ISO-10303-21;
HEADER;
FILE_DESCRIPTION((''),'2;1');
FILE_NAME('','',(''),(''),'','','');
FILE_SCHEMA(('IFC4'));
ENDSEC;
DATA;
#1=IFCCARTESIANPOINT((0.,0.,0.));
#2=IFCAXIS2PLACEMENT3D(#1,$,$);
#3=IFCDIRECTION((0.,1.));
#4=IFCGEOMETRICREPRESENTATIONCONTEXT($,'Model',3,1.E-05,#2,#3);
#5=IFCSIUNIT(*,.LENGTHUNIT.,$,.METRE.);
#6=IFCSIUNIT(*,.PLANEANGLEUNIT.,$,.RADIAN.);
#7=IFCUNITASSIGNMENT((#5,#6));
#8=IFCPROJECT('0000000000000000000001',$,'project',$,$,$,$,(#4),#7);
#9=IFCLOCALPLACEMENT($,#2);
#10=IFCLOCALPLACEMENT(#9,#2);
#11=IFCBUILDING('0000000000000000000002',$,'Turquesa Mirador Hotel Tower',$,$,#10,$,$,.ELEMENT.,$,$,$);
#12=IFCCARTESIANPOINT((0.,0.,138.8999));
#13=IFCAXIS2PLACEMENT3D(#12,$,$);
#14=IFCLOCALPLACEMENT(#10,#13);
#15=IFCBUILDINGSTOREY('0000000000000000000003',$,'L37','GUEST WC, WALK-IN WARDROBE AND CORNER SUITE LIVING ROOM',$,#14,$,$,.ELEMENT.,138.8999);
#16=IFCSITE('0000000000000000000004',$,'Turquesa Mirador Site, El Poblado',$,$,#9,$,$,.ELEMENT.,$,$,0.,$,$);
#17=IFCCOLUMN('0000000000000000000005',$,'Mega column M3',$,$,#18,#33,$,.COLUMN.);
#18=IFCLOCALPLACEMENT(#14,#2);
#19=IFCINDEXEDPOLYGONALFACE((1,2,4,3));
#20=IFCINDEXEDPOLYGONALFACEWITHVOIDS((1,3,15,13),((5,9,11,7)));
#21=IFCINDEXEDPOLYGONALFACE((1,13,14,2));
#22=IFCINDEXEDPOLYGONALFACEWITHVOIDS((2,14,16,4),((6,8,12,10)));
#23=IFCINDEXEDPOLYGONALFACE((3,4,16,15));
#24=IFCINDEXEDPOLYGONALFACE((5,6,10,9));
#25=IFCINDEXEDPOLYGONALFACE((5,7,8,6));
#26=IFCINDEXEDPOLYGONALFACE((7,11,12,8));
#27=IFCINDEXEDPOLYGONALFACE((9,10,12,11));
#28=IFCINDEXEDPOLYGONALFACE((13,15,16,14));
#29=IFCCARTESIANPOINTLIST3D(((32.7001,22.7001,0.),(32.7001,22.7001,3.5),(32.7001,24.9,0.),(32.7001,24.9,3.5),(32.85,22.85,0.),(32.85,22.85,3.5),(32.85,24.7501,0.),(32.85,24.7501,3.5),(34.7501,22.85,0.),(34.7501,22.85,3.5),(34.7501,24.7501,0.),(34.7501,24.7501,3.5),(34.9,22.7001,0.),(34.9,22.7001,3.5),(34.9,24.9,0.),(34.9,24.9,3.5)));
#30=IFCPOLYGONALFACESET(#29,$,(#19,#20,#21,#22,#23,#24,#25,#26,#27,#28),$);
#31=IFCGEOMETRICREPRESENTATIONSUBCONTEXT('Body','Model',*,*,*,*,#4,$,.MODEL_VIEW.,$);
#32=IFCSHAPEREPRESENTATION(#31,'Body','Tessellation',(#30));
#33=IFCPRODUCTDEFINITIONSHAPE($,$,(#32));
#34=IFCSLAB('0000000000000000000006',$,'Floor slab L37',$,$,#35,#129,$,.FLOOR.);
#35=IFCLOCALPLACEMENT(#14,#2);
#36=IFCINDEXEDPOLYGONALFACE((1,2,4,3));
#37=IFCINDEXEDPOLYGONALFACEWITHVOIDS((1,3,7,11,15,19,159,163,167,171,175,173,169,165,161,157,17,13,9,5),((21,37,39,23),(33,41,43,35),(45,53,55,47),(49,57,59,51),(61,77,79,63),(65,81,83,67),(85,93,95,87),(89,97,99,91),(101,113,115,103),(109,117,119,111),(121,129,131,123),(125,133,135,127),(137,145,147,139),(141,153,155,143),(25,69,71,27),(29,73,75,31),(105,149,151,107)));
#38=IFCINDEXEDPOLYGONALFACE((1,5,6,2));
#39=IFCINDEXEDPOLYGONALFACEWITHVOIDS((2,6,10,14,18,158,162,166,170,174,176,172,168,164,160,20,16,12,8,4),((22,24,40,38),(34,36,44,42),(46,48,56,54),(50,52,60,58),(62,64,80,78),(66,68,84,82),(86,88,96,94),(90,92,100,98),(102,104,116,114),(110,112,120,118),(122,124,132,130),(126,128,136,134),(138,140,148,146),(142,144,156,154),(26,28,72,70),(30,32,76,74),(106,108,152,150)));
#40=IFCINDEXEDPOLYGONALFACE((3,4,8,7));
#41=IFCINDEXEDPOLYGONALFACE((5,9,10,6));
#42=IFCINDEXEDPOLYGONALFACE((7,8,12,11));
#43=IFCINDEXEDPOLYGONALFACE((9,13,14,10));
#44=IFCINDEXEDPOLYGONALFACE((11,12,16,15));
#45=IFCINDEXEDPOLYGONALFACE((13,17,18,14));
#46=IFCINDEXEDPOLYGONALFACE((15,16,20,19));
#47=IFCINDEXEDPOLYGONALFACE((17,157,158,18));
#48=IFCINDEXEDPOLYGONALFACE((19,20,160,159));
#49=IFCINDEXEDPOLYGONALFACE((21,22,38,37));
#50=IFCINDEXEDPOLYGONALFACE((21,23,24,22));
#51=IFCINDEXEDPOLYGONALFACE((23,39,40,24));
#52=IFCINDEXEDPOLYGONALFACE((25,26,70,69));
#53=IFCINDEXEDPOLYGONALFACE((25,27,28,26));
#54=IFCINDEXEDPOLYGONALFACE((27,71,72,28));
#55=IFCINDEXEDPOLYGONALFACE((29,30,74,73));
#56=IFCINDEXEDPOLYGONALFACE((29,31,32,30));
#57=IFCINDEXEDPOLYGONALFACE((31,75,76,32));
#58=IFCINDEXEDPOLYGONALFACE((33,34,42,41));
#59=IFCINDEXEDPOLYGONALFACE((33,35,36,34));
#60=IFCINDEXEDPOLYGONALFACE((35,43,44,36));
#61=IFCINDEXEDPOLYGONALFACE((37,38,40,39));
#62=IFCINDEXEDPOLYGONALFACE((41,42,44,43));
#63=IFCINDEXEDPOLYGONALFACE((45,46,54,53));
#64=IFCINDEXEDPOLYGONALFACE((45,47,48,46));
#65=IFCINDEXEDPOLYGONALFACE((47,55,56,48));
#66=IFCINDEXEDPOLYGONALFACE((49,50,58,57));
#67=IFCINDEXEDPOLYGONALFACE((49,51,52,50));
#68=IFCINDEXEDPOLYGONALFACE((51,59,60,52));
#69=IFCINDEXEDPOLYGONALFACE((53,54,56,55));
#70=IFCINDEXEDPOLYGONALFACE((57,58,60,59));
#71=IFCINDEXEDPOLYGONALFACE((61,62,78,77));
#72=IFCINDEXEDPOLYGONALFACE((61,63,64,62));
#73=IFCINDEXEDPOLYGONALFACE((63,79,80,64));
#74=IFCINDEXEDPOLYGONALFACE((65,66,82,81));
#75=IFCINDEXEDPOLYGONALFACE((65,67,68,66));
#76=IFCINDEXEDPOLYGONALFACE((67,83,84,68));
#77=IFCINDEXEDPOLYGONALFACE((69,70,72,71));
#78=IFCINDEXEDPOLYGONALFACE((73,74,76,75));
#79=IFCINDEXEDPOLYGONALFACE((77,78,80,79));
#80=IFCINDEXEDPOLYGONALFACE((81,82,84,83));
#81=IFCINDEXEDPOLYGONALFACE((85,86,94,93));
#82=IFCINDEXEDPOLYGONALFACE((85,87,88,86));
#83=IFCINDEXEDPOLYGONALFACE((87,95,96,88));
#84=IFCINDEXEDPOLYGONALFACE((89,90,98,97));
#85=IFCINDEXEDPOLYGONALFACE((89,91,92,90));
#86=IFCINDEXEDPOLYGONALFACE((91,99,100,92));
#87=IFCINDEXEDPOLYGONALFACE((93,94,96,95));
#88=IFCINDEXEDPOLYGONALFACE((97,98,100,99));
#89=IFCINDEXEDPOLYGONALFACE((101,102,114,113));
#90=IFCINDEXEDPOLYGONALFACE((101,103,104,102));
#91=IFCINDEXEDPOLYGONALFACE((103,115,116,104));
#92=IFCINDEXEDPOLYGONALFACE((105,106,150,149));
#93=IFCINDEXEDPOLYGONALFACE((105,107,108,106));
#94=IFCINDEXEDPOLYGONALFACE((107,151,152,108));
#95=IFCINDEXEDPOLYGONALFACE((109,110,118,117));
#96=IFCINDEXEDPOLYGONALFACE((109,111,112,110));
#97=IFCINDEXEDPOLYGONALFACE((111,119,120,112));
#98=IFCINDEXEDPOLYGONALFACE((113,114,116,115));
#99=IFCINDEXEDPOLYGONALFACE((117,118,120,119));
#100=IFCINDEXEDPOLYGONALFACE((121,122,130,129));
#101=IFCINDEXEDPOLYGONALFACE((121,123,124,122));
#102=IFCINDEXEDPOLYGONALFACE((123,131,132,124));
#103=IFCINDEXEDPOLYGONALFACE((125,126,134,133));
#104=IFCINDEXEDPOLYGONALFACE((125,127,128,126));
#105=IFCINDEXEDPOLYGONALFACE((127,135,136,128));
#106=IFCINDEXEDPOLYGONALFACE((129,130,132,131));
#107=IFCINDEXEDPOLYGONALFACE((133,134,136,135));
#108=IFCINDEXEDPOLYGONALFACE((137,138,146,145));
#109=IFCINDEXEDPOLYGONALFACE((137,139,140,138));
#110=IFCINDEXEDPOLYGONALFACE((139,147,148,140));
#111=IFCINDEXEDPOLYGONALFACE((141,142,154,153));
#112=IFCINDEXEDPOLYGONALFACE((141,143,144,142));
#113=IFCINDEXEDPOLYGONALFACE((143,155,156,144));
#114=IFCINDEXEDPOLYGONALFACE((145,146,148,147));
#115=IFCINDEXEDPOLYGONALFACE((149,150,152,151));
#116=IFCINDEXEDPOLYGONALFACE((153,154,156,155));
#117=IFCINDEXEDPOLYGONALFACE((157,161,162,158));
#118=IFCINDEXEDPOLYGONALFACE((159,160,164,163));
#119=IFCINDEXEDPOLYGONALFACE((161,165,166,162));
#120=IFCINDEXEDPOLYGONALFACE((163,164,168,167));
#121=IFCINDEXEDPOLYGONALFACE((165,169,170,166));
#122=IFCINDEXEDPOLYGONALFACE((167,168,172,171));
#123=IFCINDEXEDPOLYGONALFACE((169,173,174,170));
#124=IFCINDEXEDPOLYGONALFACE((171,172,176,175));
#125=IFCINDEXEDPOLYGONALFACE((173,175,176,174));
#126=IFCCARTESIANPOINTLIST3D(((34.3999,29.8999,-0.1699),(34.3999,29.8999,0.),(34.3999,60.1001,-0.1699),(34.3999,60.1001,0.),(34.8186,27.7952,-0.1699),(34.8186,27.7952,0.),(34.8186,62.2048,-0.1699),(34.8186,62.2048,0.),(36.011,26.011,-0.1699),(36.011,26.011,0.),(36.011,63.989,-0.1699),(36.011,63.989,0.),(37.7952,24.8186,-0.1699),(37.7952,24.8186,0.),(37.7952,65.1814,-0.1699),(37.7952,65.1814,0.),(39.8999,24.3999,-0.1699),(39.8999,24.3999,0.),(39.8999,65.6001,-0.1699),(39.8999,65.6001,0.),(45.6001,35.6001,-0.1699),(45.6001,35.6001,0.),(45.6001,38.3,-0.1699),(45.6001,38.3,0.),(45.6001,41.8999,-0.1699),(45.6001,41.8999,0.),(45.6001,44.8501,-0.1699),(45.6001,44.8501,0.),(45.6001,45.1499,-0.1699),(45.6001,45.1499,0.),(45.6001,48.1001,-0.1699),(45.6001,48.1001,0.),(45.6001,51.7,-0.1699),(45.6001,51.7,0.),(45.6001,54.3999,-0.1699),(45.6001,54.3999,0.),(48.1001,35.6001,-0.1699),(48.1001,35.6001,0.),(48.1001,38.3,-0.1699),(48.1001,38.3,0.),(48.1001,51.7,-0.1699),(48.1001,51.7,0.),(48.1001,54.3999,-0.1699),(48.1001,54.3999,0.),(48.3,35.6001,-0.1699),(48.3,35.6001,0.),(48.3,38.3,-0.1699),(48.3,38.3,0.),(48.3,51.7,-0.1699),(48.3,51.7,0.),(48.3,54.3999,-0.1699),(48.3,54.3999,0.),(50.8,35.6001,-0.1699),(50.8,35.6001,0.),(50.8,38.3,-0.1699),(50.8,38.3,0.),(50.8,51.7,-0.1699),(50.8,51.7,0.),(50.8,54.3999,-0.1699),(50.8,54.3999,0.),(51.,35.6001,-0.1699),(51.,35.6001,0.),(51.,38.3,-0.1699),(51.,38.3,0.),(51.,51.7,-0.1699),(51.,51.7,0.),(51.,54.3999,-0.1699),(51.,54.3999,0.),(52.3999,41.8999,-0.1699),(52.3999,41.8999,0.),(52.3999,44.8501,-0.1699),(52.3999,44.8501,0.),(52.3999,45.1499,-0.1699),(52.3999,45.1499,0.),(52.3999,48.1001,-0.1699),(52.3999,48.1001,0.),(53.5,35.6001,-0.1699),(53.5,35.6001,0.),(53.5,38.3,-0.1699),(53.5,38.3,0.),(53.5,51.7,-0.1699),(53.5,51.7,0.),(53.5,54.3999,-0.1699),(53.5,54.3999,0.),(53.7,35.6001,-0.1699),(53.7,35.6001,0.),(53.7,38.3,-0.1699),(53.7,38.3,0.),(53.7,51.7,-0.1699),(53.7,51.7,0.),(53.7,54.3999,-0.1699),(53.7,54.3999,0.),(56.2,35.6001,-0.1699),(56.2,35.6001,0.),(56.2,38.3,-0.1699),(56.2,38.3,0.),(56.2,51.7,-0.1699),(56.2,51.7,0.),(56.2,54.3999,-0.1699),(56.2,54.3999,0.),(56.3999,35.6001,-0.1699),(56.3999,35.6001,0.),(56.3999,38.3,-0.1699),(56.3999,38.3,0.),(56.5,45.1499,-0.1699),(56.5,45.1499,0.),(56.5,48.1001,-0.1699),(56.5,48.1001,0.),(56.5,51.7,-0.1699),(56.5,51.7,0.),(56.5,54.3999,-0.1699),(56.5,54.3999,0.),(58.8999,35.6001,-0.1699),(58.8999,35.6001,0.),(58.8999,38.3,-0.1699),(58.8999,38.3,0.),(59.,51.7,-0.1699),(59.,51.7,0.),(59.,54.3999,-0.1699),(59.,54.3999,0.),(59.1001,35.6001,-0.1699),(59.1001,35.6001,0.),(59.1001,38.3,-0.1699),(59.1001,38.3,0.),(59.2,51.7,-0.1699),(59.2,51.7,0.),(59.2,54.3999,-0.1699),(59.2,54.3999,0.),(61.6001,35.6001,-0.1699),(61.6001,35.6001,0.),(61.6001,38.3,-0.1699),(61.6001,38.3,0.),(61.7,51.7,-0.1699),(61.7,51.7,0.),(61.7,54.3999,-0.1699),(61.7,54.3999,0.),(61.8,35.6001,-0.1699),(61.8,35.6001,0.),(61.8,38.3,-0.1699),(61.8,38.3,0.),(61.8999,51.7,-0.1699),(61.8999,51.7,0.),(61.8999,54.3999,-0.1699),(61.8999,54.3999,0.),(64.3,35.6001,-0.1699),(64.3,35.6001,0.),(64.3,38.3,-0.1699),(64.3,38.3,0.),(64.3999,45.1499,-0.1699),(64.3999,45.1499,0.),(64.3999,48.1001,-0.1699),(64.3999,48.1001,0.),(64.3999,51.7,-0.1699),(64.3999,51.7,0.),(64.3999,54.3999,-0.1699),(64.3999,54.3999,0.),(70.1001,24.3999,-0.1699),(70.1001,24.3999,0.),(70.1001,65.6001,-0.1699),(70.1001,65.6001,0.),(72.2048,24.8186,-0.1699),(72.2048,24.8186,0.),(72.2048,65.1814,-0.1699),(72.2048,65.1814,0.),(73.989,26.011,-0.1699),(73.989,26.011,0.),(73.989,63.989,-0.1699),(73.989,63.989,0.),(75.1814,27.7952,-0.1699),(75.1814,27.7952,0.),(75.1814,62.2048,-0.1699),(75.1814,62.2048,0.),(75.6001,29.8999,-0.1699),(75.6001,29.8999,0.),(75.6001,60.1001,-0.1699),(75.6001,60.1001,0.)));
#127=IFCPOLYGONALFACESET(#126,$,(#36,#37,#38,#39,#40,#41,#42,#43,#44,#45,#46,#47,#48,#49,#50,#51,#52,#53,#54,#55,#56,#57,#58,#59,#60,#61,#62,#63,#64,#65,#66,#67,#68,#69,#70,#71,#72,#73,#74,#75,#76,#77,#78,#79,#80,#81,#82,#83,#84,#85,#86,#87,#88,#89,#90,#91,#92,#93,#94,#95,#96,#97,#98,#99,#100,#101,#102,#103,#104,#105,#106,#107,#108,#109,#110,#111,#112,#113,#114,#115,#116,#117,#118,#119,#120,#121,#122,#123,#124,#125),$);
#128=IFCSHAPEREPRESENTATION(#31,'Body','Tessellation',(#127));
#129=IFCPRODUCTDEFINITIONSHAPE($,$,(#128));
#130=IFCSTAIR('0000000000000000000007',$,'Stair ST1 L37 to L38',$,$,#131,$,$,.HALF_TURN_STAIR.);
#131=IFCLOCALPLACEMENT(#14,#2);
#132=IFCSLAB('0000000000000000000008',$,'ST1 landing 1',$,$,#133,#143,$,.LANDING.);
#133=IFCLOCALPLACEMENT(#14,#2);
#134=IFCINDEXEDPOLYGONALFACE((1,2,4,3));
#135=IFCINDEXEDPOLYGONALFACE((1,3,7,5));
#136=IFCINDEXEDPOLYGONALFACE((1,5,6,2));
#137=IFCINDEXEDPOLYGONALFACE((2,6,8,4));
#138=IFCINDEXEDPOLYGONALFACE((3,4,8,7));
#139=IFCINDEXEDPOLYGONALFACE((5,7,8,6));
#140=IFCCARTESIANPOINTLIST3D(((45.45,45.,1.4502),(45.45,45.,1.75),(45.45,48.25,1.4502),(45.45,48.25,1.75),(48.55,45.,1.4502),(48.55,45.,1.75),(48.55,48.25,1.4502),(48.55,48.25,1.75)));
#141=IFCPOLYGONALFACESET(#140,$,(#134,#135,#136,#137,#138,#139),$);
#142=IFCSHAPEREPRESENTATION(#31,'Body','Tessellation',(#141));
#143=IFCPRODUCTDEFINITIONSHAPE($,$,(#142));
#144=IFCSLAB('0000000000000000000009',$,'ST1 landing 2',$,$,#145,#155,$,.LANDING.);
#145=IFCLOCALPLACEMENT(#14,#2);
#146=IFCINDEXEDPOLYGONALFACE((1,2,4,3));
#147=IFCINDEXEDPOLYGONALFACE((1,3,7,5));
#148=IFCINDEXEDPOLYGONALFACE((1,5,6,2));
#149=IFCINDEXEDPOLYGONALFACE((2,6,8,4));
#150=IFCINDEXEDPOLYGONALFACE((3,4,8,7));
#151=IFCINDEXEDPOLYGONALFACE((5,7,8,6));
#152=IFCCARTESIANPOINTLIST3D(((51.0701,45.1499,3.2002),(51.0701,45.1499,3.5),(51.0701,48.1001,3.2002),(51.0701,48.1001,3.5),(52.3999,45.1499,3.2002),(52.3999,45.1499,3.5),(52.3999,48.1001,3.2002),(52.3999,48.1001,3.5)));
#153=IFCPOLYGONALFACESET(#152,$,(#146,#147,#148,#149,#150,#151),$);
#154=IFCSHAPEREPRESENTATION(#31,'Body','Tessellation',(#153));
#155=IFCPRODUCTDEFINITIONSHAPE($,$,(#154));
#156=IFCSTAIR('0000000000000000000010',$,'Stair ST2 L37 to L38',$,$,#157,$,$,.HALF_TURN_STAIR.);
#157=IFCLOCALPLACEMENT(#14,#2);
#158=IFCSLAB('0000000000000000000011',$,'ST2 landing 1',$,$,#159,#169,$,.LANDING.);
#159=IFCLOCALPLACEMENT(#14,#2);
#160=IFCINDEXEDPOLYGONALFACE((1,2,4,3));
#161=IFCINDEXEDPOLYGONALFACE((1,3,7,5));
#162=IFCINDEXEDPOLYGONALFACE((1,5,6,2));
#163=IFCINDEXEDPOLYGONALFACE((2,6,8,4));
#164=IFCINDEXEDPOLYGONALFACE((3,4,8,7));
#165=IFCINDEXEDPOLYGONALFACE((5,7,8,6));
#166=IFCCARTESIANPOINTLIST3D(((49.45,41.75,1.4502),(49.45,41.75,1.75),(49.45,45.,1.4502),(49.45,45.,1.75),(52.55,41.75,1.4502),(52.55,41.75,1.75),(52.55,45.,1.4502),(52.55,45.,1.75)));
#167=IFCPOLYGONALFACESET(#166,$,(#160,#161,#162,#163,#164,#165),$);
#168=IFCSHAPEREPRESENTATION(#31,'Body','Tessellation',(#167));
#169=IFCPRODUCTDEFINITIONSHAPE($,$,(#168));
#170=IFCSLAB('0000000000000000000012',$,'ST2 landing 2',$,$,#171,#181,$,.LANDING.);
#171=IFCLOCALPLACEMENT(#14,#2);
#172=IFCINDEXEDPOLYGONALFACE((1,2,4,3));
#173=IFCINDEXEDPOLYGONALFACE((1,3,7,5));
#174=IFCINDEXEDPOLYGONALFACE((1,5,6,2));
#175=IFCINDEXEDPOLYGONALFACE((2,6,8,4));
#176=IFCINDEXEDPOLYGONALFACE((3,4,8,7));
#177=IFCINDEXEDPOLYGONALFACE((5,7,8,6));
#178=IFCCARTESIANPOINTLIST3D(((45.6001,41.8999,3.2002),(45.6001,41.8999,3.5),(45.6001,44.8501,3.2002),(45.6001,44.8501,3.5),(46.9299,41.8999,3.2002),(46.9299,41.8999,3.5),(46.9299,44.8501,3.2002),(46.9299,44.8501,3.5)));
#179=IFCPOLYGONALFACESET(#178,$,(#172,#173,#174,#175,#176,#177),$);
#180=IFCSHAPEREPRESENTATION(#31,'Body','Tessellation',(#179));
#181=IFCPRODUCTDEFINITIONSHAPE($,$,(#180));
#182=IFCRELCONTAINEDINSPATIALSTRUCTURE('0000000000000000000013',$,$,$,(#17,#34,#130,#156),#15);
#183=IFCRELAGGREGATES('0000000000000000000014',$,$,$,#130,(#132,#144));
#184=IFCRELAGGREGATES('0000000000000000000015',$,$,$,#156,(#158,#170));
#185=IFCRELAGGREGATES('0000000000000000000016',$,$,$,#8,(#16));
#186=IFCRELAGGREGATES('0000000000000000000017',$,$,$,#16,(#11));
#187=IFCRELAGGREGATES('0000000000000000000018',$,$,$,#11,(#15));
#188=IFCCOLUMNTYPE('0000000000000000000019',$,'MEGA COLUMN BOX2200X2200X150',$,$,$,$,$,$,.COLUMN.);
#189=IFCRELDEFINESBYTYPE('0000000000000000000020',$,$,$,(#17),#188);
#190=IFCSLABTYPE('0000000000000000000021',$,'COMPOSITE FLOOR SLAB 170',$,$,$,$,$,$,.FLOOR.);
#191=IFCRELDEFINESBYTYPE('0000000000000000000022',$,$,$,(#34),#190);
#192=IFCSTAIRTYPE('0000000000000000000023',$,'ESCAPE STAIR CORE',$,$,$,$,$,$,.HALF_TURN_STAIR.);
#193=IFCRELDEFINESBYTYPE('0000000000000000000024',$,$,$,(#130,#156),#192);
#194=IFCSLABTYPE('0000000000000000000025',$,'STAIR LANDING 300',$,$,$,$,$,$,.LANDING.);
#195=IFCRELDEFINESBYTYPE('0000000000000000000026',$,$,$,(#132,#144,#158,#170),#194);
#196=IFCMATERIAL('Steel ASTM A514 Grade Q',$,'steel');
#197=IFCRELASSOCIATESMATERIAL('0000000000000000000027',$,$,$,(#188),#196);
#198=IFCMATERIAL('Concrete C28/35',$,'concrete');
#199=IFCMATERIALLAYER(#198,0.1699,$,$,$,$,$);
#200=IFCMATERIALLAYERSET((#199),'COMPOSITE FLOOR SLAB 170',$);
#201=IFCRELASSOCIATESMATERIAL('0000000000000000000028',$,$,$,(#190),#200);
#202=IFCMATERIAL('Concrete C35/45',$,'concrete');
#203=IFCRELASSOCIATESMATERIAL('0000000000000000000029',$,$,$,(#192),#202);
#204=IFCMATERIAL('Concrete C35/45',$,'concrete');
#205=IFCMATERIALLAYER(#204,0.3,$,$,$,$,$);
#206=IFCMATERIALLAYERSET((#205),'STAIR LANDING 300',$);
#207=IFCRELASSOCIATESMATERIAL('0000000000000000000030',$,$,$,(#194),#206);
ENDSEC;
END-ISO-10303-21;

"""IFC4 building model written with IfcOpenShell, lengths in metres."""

from ifc_helpers import new_model, si_unit, direction, frame, origin, origin_2d, place, context, subcontext, project, spatial, polyline, hollow_rectangle, outline, extrude, material, layer, layer_set, material_profile, profile_set, type_object, element, aggregate, save


model = new_model("IFC4")

# Units and contexts
model_context = context("Model", 3, precision=1e-05, world=origin(), true_north=direction((0.0, 1.0)))
body_context = subcontext(model_context, "Body", "Model", "MODEL_VIEW")
ifc_project = project(units=[si_unit("LENGTHUNIT", "METRE"), si_unit("PLANEANGLEUNIT", "RADIAN")], contexts=[model_context])

# Site, building, storey
site_placement = place(None, origin())
site = spatial("IfcSite", under=ifc_project, at=site_placement, Name="Turquesa Mirador Site, El Poblado", CompositionType="ELEMENT", RefElevation=0.0)
building_placement = place(site_placement, origin())
building = spatial("IfcBuilding", under=site, at=building_placement, Name="Turquesa Mirador Hotel Tower", CompositionType="ELEMENT")
storey_placement = place(building_placement, frame((0.0, 0.0, 138.8999)))
storey = spatial("IfcBuildingStorey", under=building, at=storey_placement, Name="L37", Description="GUEST WC, WALK-IN WARDROBE AND CORNER SUITE LIVING ROOM", CompositionType="ELEMENT", Elevation=138.8999)

# Column
ifc_material_1 = material(Name="Steel ASTM A514 Grade Q", Category="steel")
ifc_material_profile = material_profile(ifc_material_1, hollow_rectangle(XDim=2.2, YDim=2.2, WallThickness=0.1499, at=origin_2d()), Name="BOX2200X2200X150")
ifc_profile_set = profile_set([ifc_material_profile], Name="Steel ASTM A514 Grade Q")
column_type = type_object("IfcColumnType", Name="MEGA COLUMN BOX2200X2200X150", PredefinedType="COLUMN", material=ifc_profile_set)
column_placement = place(storey_placement, frame((33.8, 23.8, 0.0), z_axis=(0.0, 0.0, 1.0), x_axis=(1.0, 0.0, 0.0)))
element("IfcColumn", 1, at=column_placement, inside=storey, type_object=column_type, Name="Mega column M3", PredefinedType="COLUMN", context=body_context, shape_type="SweptSolid", body=[
    extrude(hollow_rectangle(XDim=2.2, YDim=2.2, WallThickness=0.1499, at=origin_2d()), origin(), (0.0, 0.0, 1.0), 3.5),
])

# Slab
ifc_material_2 = material(Name="Concrete C28/35", Category="concrete")
ifc_layer_1 = layer(ifc_material_2, 0.1699)
ifc_layer_set_1 = layer_set([ifc_layer_1], Name="COMPOSITE FLOOR SLAB 170")
slab_type_1 = type_object("IfcSlabType", Name="COMPOSITE FLOOR SLAB 170", PredefinedType="FLOOR", material=ifc_layer_set_1)
slab_1_placement = place(storey_placement, frame((0.0, 0.0, -0.1699)))
element("IfcSlab", 2, at=slab_1_placement, inside=storey, type_object=slab_type_1, Name="Floor slab L37", PredefinedType="FLOOR", context=body_context, shape_type="SweptSolid", body=[
    extrude(outline(polyline([(70.1001, 24.3999), (72.2048, 24.8186), (73.989, 26.011), (75.1814, 27.7952), (75.6001, 29.8999), (75.6001, 60.1001), (75.1814, 62.2048), (73.989, 63.989), (72.2048, 65.1814), (70.1001, 65.6001), (39.8999, 65.6001), (37.7952, 65.1814), (36.011, 63.989), (34.8186, 62.2048), (34.3999, 60.1001), (34.3999, 29.8999), (34.8186, 27.7952), (36.011, 26.011), (37.7952, 24.8186), (39.8999, 24.3999), (70.1001, 24.3999)]), holes=[polyline([(45.6001, 51.7), (48.1001, 51.7), (48.1001, 54.3999), (45.6001, 54.3999), (45.6001, 51.7)]), polyline([(48.3, 51.7), (50.8, 51.7), (50.8, 54.3999), (48.3, 54.3999), (48.3, 51.7)]), polyline([(51.0, 51.7), (53.5, 51.7), (53.5, 54.3999), (51.0, 54.3999), (51.0, 51.7)]), polyline([(53.7, 51.7), (56.2, 51.7), (56.2, 54.3999), (53.7, 54.3999), (53.7, 51.7)]), polyline([(56.5, 51.7), (59.0, 51.7), (59.0, 54.3999), (56.5, 54.3999), (56.5, 51.7)]), polyline([(59.2, 51.7), (61.7, 51.7), (61.7, 54.3999), (59.2, 54.3999), (59.2, 51.7)]), polyline([(45.6001, 35.6001), (48.1001, 35.6001), (48.1001, 38.3), (45.6001, 38.3), (45.6001, 35.6001)]), polyline([(48.3, 35.6001), (50.8, 35.6001), (50.8, 38.3), (48.3, 38.3), (48.3, 35.6001)]), polyline([(51.0, 35.6001), (53.5, 35.6001), (53.5, 38.3), (51.0, 38.3), (51.0, 35.6001)]), polyline([(53.7, 35.6001), (56.2, 35.6001), (56.2, 38.3), (53.7, 38.3), (53.7, 35.6001)]), polyline([(56.3999, 35.6001), (58.8999, 35.6001), (58.8999, 38.3), (56.3999, 38.3), (56.3999, 35.6001)]), polyline([(59.1001, 35.6001), (61.6001, 35.6001), (61.6001, 38.3), (59.1001, 38.3), (59.1001, 35.6001)]), polyline([(61.8, 35.6001), (64.3, 35.6001), (64.3, 38.3), (61.8, 38.3), (61.8, 35.6001)]), polyline([(45.6001, 45.1499), (52.3999, 45.1499), (52.3999, 48.1001), (45.6001, 48.1001), (45.6001, 45.1499)]), polyline([(45.6001, 41.8999), (52.3999, 41.8999), (52.3999, 44.8501), (45.6001, 44.8501), (45.6001, 41.8999)]), polyline([(56.5, 45.1499), (64.3999, 45.1499), (64.3999, 48.1001), (56.5, 48.1001), (56.5, 45.1499)]), polyline([(61.8999, 51.7), (64.3999, 51.7), (64.3999, 54.3999), (61.8999, 54.3999), (61.8999, 51.7)])]), origin(), (0.0, 0.0, 1.0), 0.1699),
])

# Stairs, slabs
ifc_material_3 = material(Name="Concrete C35/45", Category="concrete")
stair_type = type_object("IfcStairType", Name="ESCAPE STAIR CORE", PredefinedType="HALF_TURN_STAIR", material=ifc_material_3)
stair_1_placement = place(storey_placement, origin())
stair_1 = element("IfcStair", 3, at=stair_1_placement, inside=storey, type_object=stair_type, Name="Stair ST1 L37 to L38", PredefinedType="HALF_TURN_STAIR")
ifc_material_4 = material(Name="Concrete C35/45", Category="concrete")
ifc_layer_2 = layer(ifc_material_4, 0.3)
ifc_layer_set_2 = layer_set([ifc_layer_2], Name="STAIR LANDING 300")
slab_type_2 = type_object("IfcSlabType", Name="STAIR LANDING 300", PredefinedType="LANDING", material=ifc_layer_set_2)
slab_2_placement = place(storey_placement, frame((0.0, 0.0, 1.4502)))
slab_2 = element("IfcSlab", 4, at=slab_2_placement, type_object=slab_type_2, Name="ST1 landing 1", PredefinedType="LANDING", context=body_context, shape_type="SweptSolid", body=[
    extrude(outline(polyline([(45.45, 45.0), (48.55, 45.0), (48.55, 48.25), (45.45, 48.25), (45.45, 45.0)])), origin(), (0.0, 0.0, 1.0), 0.2998),
])
slab_3_placement = place(storey_placement, frame((0.0, 0.0, 3.2002)))
slab_3 = element("IfcSlab", 5, at=slab_3_placement, type_object=slab_type_2, Name="ST1 landing 2", PredefinedType="LANDING", context=body_context, shape_type="SweptSolid", body=[
    extrude(outline(polyline([(51.0701, 45.1499), (52.3999, 45.1499), (52.3999, 48.1001), (51.0701, 48.1001), (51.0701, 45.1499)])), origin(), (0.0, 0.0, 1.0), 0.2998),
])
aggregate(stair_1, [slab_2, slab_3])
stair_2_placement = place(storey_placement, origin())
stair_2 = element("IfcStair", 6, at=stair_2_placement, inside=storey, type_object=stair_type, Name="Stair ST2 L37 to L38", PredefinedType="HALF_TURN_STAIR")
slab_4_placement = place(storey_placement, frame((0.0, 0.0, 1.4502)))
slab_4 = element("IfcSlab", 7, at=slab_4_placement, type_object=slab_type_2, Name="ST2 landing 1", PredefinedType="LANDING", context=body_context, shape_type="SweptSolid", body=[
    extrude(outline(polyline([(52.55, 45.0), (49.45, 45.0), (49.45, 41.75), (52.55, 41.75), (52.55, 45.0)])), origin(), (0.0, 0.0, 1.0), 0.2998),
])
slab_5_placement = place(storey_placement, frame((0.0, 0.0, 3.2002)))
slab_5 = element("IfcSlab", 8, at=slab_5_placement, type_object=slab_type_2, Name="ST2 landing 2", PredefinedType="LANDING", context=body_context, shape_type="SweptSolid", body=[
    extrude(outline(polyline([(46.9299, 44.8501), (45.6001, 44.8501), (45.6001, 41.8999), (46.9299, 41.8999), (46.9299, 44.8501)])), origin(), (0.0, 0.0, 1.0), 0.2998),
])
aggregate(stair_2, [slab_4, slab_5])

save(model, "model.ifc")
